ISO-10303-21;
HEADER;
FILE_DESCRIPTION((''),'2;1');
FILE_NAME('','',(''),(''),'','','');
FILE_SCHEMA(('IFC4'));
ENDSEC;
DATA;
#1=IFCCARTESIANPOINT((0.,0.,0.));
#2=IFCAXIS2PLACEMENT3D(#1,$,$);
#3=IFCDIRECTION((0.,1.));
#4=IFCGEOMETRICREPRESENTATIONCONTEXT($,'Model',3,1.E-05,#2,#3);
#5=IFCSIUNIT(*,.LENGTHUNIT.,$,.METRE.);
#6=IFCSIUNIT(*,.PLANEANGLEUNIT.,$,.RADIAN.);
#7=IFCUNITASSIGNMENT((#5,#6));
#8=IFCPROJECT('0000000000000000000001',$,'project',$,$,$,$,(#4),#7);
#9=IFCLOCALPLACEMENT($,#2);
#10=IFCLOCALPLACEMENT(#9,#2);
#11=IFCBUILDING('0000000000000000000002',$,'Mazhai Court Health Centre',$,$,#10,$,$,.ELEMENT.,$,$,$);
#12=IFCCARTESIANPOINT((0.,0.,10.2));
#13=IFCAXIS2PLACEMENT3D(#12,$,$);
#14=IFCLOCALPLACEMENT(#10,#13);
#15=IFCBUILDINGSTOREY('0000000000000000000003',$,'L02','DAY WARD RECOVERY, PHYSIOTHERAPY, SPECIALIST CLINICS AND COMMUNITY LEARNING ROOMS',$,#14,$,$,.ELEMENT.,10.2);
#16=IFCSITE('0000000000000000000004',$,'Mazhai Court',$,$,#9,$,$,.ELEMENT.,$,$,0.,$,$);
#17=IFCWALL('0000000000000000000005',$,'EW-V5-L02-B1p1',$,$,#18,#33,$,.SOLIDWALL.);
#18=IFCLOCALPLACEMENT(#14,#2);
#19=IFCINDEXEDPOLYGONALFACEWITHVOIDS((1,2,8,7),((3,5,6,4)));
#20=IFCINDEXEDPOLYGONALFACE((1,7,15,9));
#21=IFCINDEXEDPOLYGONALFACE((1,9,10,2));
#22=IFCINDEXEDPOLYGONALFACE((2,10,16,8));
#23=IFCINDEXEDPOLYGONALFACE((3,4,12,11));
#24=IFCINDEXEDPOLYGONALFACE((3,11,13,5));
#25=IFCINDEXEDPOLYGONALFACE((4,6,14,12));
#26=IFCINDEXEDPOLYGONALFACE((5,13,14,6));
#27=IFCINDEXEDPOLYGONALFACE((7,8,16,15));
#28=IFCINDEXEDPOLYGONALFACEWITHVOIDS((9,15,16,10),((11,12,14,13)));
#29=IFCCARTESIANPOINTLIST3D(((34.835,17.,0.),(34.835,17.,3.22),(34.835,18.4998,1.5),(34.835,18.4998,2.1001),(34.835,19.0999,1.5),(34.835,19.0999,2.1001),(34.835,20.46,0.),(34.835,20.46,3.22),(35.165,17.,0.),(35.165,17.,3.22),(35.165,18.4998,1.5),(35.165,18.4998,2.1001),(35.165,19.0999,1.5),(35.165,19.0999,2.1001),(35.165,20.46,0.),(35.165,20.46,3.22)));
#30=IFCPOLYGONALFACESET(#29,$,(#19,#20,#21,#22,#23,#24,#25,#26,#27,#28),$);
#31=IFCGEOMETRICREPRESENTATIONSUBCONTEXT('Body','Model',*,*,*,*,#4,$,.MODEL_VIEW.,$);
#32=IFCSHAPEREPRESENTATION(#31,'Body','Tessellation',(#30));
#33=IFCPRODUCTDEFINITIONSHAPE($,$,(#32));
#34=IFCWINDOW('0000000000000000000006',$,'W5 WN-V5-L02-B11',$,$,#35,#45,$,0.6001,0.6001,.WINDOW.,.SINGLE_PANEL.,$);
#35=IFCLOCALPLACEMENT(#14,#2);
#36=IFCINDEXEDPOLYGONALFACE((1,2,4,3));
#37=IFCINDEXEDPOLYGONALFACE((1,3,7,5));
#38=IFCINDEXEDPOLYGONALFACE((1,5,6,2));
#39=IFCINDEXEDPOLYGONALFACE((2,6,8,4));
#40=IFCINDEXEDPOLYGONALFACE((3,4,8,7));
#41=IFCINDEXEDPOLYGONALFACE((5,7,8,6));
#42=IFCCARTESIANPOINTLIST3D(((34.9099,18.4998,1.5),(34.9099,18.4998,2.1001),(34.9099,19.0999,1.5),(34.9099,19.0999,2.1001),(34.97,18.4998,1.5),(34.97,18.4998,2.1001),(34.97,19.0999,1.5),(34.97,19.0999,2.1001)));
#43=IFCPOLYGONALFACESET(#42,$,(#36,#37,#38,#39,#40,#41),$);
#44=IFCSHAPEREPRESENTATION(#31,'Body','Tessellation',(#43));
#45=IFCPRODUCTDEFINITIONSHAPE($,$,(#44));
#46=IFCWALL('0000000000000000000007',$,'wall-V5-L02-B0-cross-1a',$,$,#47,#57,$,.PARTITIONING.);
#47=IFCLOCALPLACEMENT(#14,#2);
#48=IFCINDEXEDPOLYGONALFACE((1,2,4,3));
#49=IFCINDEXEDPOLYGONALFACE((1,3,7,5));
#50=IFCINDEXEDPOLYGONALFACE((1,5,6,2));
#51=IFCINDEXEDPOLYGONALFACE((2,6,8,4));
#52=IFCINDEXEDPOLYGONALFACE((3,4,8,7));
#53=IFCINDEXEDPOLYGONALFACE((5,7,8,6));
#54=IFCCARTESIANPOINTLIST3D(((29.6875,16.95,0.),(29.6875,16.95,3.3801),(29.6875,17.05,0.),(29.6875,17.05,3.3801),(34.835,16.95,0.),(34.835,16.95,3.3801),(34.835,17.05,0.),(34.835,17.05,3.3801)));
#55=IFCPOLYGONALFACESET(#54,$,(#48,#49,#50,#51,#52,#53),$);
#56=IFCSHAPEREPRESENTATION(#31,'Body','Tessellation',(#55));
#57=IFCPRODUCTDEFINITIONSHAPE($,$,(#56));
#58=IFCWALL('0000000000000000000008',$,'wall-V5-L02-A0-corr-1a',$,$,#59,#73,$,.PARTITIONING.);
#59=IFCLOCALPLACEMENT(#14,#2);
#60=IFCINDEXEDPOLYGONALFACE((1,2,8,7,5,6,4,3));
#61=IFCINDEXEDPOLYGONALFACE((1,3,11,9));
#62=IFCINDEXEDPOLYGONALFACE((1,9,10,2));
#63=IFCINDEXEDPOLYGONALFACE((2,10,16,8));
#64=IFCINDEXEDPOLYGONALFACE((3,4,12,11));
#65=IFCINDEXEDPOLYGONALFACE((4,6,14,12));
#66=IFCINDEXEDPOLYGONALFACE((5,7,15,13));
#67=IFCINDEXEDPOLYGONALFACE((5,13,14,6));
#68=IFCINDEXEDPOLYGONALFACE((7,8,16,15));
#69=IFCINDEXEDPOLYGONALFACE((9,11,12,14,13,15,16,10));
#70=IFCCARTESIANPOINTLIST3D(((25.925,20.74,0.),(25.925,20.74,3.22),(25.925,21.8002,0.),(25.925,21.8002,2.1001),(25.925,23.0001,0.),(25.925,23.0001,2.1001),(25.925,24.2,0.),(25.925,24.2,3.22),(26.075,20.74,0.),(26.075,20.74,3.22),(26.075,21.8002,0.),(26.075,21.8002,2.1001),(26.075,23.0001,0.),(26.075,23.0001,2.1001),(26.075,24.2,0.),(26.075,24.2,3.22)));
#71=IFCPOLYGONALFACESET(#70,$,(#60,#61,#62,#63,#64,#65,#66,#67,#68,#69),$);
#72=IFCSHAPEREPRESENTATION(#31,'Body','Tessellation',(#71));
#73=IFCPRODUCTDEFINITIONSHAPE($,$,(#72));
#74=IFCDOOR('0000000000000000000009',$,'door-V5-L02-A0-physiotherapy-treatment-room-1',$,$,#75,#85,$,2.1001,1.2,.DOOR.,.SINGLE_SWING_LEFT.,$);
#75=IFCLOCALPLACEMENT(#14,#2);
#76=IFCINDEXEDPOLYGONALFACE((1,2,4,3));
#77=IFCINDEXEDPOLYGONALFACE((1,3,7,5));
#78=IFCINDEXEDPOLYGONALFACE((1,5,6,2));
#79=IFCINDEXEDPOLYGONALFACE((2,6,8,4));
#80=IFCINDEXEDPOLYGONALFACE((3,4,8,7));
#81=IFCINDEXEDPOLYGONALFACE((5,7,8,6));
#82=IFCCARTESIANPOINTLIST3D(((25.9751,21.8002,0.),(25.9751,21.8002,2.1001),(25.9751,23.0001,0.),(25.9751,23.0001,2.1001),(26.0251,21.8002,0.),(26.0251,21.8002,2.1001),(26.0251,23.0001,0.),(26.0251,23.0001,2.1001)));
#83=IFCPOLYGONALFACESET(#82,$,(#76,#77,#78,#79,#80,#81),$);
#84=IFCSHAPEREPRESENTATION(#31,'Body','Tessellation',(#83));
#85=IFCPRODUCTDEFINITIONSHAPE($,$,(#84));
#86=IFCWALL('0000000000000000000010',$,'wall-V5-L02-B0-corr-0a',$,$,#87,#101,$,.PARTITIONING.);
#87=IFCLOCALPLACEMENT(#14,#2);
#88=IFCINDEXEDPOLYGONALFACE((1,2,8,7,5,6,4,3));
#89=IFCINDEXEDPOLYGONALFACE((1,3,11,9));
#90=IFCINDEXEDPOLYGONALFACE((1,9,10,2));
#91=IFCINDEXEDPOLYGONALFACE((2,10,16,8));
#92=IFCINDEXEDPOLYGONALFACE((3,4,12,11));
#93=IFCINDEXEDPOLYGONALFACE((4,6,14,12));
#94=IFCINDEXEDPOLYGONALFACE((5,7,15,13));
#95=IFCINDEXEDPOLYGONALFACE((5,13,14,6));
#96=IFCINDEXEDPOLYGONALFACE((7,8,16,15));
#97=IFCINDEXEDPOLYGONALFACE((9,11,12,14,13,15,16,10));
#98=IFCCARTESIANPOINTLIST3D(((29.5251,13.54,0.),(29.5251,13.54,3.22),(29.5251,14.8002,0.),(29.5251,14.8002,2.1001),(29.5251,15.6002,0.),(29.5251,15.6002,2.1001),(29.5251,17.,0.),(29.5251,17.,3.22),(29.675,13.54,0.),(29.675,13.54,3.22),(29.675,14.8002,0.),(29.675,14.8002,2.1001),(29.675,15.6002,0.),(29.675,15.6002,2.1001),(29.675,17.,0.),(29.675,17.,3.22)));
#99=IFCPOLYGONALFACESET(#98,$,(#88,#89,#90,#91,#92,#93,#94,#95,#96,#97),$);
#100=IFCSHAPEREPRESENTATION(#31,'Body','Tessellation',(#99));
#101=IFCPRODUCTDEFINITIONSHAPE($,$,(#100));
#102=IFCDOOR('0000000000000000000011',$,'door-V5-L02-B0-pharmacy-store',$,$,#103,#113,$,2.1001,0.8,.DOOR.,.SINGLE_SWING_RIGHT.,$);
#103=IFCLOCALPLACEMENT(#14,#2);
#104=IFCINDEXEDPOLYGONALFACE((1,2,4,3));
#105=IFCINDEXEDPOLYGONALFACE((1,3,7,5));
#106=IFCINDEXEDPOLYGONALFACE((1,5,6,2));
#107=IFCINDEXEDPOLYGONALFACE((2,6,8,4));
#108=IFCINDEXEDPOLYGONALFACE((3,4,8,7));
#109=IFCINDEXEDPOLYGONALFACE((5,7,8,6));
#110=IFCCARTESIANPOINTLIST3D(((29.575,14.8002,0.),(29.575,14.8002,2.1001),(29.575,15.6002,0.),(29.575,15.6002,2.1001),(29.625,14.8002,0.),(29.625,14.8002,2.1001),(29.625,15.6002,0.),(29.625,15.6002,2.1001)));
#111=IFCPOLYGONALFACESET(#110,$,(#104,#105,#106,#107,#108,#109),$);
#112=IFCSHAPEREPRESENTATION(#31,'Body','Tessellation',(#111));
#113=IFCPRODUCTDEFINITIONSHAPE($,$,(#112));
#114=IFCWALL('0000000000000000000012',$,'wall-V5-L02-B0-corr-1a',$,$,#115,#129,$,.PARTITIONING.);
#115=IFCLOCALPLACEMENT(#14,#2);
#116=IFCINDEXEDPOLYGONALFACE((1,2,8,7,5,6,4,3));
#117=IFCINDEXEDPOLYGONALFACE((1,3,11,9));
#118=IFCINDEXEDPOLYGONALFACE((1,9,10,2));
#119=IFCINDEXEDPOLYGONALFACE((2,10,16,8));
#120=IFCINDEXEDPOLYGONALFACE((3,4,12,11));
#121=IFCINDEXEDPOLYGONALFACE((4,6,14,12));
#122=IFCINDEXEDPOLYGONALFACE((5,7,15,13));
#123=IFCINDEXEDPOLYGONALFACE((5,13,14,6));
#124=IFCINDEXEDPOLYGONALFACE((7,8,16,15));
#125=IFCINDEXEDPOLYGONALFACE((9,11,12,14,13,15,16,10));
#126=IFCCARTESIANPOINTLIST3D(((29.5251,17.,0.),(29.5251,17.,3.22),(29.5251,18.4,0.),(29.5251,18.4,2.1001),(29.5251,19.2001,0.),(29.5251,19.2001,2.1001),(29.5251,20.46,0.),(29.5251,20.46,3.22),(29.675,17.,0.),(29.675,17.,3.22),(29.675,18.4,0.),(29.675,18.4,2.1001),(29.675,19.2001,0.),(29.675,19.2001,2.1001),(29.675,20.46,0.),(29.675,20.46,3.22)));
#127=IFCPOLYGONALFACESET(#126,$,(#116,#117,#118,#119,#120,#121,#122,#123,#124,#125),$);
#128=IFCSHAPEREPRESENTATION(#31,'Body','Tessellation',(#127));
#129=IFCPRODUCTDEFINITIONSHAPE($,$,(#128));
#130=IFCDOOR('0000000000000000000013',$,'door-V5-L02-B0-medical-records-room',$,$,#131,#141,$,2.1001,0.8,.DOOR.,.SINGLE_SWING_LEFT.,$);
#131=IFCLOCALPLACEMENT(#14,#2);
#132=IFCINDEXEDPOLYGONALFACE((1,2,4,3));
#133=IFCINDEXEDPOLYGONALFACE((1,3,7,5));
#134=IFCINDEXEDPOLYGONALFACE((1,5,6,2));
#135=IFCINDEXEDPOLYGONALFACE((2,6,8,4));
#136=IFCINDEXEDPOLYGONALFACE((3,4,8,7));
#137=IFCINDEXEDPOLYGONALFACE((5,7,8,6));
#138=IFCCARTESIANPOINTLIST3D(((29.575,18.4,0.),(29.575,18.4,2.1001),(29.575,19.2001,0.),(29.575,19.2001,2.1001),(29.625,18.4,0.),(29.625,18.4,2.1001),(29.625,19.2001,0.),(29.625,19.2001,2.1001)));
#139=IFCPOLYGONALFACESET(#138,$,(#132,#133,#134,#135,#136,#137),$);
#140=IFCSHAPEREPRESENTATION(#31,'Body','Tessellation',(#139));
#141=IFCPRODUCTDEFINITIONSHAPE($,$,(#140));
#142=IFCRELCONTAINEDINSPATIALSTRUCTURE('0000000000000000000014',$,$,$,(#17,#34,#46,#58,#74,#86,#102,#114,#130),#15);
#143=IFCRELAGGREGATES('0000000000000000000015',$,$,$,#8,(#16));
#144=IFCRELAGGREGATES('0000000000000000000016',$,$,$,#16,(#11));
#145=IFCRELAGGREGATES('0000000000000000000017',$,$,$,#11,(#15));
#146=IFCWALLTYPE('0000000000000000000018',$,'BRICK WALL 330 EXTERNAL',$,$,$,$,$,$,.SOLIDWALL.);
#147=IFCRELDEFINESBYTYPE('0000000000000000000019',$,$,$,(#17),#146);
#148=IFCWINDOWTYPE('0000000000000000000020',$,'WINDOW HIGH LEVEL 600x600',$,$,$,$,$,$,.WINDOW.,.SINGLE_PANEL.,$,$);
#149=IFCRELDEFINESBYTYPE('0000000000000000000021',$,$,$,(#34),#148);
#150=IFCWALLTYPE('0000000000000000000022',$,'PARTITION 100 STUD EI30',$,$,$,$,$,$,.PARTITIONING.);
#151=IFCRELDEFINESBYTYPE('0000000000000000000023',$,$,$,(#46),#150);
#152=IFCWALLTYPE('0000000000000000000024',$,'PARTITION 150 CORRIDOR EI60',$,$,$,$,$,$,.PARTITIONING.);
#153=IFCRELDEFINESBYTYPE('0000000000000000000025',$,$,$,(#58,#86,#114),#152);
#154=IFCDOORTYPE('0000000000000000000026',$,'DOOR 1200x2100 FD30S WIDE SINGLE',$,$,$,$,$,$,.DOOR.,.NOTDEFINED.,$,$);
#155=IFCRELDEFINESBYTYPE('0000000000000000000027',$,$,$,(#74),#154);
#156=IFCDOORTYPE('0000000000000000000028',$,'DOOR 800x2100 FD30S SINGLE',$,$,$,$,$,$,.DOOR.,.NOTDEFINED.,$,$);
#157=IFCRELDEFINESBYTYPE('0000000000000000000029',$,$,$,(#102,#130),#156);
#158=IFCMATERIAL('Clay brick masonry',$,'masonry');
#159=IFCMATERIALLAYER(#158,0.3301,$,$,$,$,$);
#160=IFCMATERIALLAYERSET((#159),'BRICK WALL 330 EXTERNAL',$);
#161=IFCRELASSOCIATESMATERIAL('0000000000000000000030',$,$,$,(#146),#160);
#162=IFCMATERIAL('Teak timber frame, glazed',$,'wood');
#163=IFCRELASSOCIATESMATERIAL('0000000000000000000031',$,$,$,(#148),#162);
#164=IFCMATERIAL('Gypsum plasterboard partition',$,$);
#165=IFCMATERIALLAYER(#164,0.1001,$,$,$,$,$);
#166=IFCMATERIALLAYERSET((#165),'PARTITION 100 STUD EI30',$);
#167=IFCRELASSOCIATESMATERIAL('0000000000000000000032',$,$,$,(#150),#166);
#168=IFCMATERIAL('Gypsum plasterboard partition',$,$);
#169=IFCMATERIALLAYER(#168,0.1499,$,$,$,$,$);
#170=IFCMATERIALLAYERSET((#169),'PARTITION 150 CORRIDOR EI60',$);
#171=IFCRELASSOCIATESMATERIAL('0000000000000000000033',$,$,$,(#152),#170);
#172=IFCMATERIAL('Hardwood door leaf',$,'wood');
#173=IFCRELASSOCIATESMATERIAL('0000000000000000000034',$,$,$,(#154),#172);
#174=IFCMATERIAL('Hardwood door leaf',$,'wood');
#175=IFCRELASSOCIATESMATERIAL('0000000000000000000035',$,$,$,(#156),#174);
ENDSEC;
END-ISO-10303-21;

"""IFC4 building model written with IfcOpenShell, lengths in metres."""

from ifc_helpers import new_model, si_unit, direction, frame, frame_2d, origin, place, context, subcontext, project, spatial, rectangle, extrude, material, layer, layer_set, type_object, element, fill, save


model = new_model("IFC4")

# Units and contexts
model_context = context("Model", 3, precision=1e-05, world=origin(), true_north=direction((0.0, 1.0)))
body_context = subcontext(model_context, "Body", "Model", "MODEL_VIEW")
ifc_project = project(units=[si_unit("LENGTHUNIT", "METRE"), si_unit("PLANEANGLEUNIT", "RADIAN")], contexts=[model_context])

# Site, building, storey
site_placement = place(None, origin())
site = spatial("IfcSite", under=ifc_project, at=site_placement, Name="Mazhai Court", CompositionType="ELEMENT", RefElevation=0.0)
building_placement = place(site_placement, origin())
building = spatial("IfcBuilding", under=site, at=building_placement, Name="Mazhai Court Health Centre", CompositionType="ELEMENT")
storey_placement = place(building_placement, frame((0.0, 0.0, 10.2)))
storey = spatial("IfcBuildingStorey", under=building, at=storey_placement, Name="L02", Description="DAY WARD RECOVERY, PHYSIOTHERAPY, SPECIALIST CLINICS AND COMMUNITY LEARNING ROOMS", CompositionType="ELEMENT", Elevation=10.2)

# Wall, opening, window
ifc_material_1 = material(Name="Clay brick masonry", Category="masonry")
ifc_layer_1 = layer(ifc_material_1, 0.3301)
ifc_layer_set_1 = layer_set([ifc_layer_1], Name="BRICK WALL 330 EXTERNAL")
wall_type_1 = type_object("IfcWallType", Name="BRICK WALL 330 EXTERNAL", PredefinedType="SOLIDWALL", material=ifc_layer_set_1)
wall_1_placement = place(storey_placement, frame((35.0, 20.46, 0.0), z_axis=(0.0, 0.0, 1.0), x_axis=(0.0, -1.0, 0.0)))
wall_1 = element("IfcWall", 1, at=wall_1_placement, inside=storey, type_object=wall_type_1, Name="EW-V5-L02-B1p1", PredefinedType="SOLIDWALL", context=body_context, shape_type="SweptSolid", body=[
    extrude(rectangle(XDim=3.46, YDim=0.3301, at=frame_2d((1.73, 0.0))), origin(), (0.0, 0.0, 1.0), 3.22),
])
opening_1_placement = place(wall_1_placement, frame((1.3601, 0.0, 1.5)))
opening_1 = element("IfcOpeningElement", 2, at=opening_1_placement, cuts=wall_1, PredefinedType="OPENING", context=body_context, shape_type="SweptSolid", body=[
    extrude(rectangle(XDim=0.6001, YDim=0.6001, at=frame_2d((0.3, 0.3))), frame((0.0, 0.175, 0.0), z_axis=(0.0, -1.0, 0.0), x_axis=(1.0, 0.0, 0.0)), (0.0, 0.0, 1.0), 0.3501),
])
ifc_material_2 = material(Name="Teak timber frame, glazed", Category="wood")
window_type = type_object("IfcWindowType", Name="WINDOW HIGH LEVEL 600x600", PartitioningType="SINGLE_PANEL", PredefinedType="WINDOW", material=ifc_material_2)
window_placement = place(opening_1_placement, origin())
window = element("IfcWindow", 3, at=window_placement, inside=storey, type_object=window_type, Name="W5 WN-V5-L02-B11", OverallHeight=0.6001, OverallWidth=0.6001, PartitioningType="SINGLE_PANEL", PredefinedType="WINDOW", context=body_context, shape_type="SweptSolid", body=[
    extrude(rectangle(XDim=0.6001, YDim=0.6001, at=frame_2d((0.3, 0.3))), frame((0.0, -0.03, 0.0), z_axis=(0.0, -1.0, 0.0), x_axis=(1.0, 0.0, 0.0)), (0.0, 0.0, 1.0), 0.0601),
])
fill(opening_1, window)

# Wall
ifc_material_3 = material(Name="Gypsum plasterboard partition")
ifc_layer_2 = layer(ifc_material_3, 0.1001)
ifc_layer_set_2 = layer_set([ifc_layer_2], Name="PARTITION 100 STUD EI30")
wall_type_2 = type_object("IfcWallType", Name="PARTITION 100 STUD EI30", PredefinedType="PARTITIONING", material=ifc_layer_set_2)
wall_2_placement = place(storey_placement, frame((34.835, 17.0, 0.0), z_axis=(0.0, 0.0, 1.0), x_axis=(-1.0, 0.0, 0.0)))
element("IfcWall", 4, at=wall_2_placement, inside=storey, type_object=wall_type_2, Name="wall-V5-L02-B0-cross-1a", PredefinedType="PARTITIONING", context=body_context, shape_type="SweptSolid", body=[
    extrude(rectangle(XDim=5.1475, YDim=0.1001, at=frame_2d((2.5737, 0.0))), origin(), (0.0, 0.0, 1.0), 3.3801),
])

# Walls, openings, doors
ifc_material_4 = material(Name="Gypsum plasterboard partition")
ifc_layer_3 = layer(ifc_material_4, 0.1499)
ifc_layer_set_3 = layer_set([ifc_layer_3], Name="PARTITION 150 CORRIDOR EI60")
wall_type_3 = type_object("IfcWallType", Name="PARTITION 150 CORRIDOR EI60", PredefinedType="PARTITIONING", material=ifc_layer_set_3)
wall_3_placement = place(storey_placement, frame((26.0, 20.74, 0.0), z_axis=(0.0, 0.0, 1.0), x_axis=(0.0, 1.0, 0.0)))
wall_3 = element("IfcWall", 5, at=wall_3_placement, inside=storey, type_object=wall_type_3, Name="wall-V5-L02-A0-corr-1a", PredefinedType="PARTITIONING", context=body_context, shape_type="SweptSolid", body=[
    extrude(rectangle(XDim=3.46, YDim=0.1499, at=frame_2d((1.73, 0.0))), origin(), (0.0, 0.0, 1.0), 3.22),
])
opening_2_placement = place(wall_3_placement, frame((1.0601, 0.0, 0.0)))
opening_2 = element("IfcOpeningElement", 6, at=opening_2_placement, cuts=wall_3, PredefinedType="OPENING", context=body_context, shape_type="SweptSolid", body=[
    extrude(rectangle(XDim=1.2, YDim=2.1001, at=frame_2d((0.6001, 1.05))), frame((0.0, 0.085, 0.0), z_axis=(0.0, -1.0, 0.0), x_axis=(1.0, 0.0, 0.0)), (0.0, 0.0, 1.0), 0.1699),
])
ifc_material_5 = material(Name="Hardwood door leaf", Category="wood")
door_type_1 = type_object("IfcDoorType", Name="DOOR 1200x2100 FD30S WIDE SINGLE", OperationType="NOTDEFINED", PredefinedType="DOOR", material=ifc_material_5)
door_1_placement = place(opening_2_placement, origin())
door_1 = element("IfcDoor", 7, at=door_1_placement, inside=storey, type_object=door_type_1, Name="door-V5-L02-A0-physiotherapy-treatment-room-1", OperationType="SINGLE_SWING_LEFT", OverallHeight=2.1001, OverallWidth=1.2, PredefinedType="DOOR", context=body_context, shape_type="SweptSolid", body=[
    extrude(rectangle(XDim=1.2, YDim=2.1001, at=frame_2d((0.6001, 1.05))), frame((0.0, 0.0249, 0.0), z_axis=(0.0, -1.0, 0.0), x_axis=(1.0, 0.0, 0.0)), (0.0, 0.0, 1.0), 0.05),
])
fill(opening_2, door_1)
wall_4_placement = place(storey_placement, frame((29.6001, 17.0, 0.0), z_axis=(0.0, 0.0, 1.0), x_axis=(0.0, -1.0, 0.0)))
wall_4 = element("IfcWall", 8, at=wall_4_placement, inside=storey, type_object=wall_type_3, Name="wall-V5-L02-B0-corr-0a", PredefinedType="PARTITIONING", context=body_context, shape_type="SweptSolid", body=[
    extrude(rectangle(XDim=3.46, YDim=0.1499, at=frame_2d((1.73, 0.0))), origin(), (0.0, 0.0, 1.0), 3.22),
])
opening_3_placement = place(wall_4_placement, frame((1.3999, 0.0, 0.0)))
opening_3 = element("IfcOpeningElement", 9, at=opening_3_placement, cuts=wall_4, PredefinedType="OPENING", context=body_context, shape_type="SweptSolid", body=[
    extrude(rectangle(XDim=0.8, YDim=2.1001, at=frame_2d((0.3999, 1.05))), frame((0.0, 0.085, 0.0), z_axis=(0.0, -1.0, 0.0), x_axis=(1.0, 0.0, 0.0)), (0.0, 0.0, 1.0), 0.1699),
])
ifc_material_6 = material(Name="Hardwood door leaf", Category="wood")
door_type_2 = type_object("IfcDoorType", Name="DOOR 800x2100 FD30S SINGLE", OperationType="NOTDEFINED", PredefinedType="DOOR", material=ifc_material_6)
door_2_placement = place(opening_3_placement, origin())
door_2 = element("IfcDoor", 10, at=door_2_placement, inside=storey, type_object=door_type_2, Name="door-V5-L02-B0-pharmacy-store", OperationType="SINGLE_SWING_RIGHT", OverallHeight=2.1001, OverallWidth=0.8, PredefinedType="DOOR", context=body_context, shape_type="SweptSolid", body=[
    extrude(rectangle(XDim=0.8, YDim=2.1001, at=frame_2d((0.3999, 1.05))), frame((0.0, 0.0249, 0.0), z_axis=(0.0, -1.0, 0.0), x_axis=(1.0, 0.0, 0.0)), (0.0, 0.0, 1.0), 0.05),
])
fill(opening_3, door_2)
wall_5_placement = place(storey_placement, frame((29.6001, 20.46, 0.0), z_axis=(0.0, 0.0, 1.0), x_axis=(0.0, -1.0, 0.0)))
wall_5 = element("IfcWall", 11, at=wall_5_placement, inside=storey, type_object=wall_type_3, Name="wall-V5-L02-B0-corr-1a", PredefinedType="PARTITIONING", context=body_context, shape_type="SweptSolid", body=[
    extrude(rectangle(XDim=3.46, YDim=0.1499, at=frame_2d((1.73, 0.0))), origin(), (0.0, 0.0, 1.0), 3.22),
])
opening_4_placement = place(wall_5_placement, frame((1.26, 0.0, 0.0)))
opening_4 = element("IfcOpeningElement", 12, at=opening_4_placement, cuts=wall_5, PredefinedType="OPENING", context=body_context, shape_type="SweptSolid", body=[
    extrude(rectangle(XDim=0.8, YDim=2.1001, at=frame_2d((0.3999, 1.05))), frame((0.0, 0.085, 0.0), z_axis=(0.0, -1.0, 0.0), x_axis=(1.0, 0.0, 0.0)), (0.0, 0.0, 1.0), 0.1699),
])
door_3_placement = place(opening_4_placement, origin())
door_3 = element("IfcDoor", 13, at=door_3_placement, inside=storey, type_object=door_type_2, Name="door-V5-L02-B0-medical-records-room", OperationType="SINGLE_SWING_LEFT", OverallHeight=2.1001, OverallWidth=0.8, PredefinedType="DOOR", context=body_context, shape_type="SweptSolid", body=[
    extrude(rectangle(XDim=0.8, YDim=2.1001, at=frame_2d((0.3999, 1.05))), frame((0.0, 0.0249, 0.0), z_axis=(0.0, -1.0, 0.0), x_axis=(1.0, 0.0, 0.0)), (0.0, 0.0, 1.0), 0.05),
])
fill(opening_4, door_3)

save(model, "model.ifc")
